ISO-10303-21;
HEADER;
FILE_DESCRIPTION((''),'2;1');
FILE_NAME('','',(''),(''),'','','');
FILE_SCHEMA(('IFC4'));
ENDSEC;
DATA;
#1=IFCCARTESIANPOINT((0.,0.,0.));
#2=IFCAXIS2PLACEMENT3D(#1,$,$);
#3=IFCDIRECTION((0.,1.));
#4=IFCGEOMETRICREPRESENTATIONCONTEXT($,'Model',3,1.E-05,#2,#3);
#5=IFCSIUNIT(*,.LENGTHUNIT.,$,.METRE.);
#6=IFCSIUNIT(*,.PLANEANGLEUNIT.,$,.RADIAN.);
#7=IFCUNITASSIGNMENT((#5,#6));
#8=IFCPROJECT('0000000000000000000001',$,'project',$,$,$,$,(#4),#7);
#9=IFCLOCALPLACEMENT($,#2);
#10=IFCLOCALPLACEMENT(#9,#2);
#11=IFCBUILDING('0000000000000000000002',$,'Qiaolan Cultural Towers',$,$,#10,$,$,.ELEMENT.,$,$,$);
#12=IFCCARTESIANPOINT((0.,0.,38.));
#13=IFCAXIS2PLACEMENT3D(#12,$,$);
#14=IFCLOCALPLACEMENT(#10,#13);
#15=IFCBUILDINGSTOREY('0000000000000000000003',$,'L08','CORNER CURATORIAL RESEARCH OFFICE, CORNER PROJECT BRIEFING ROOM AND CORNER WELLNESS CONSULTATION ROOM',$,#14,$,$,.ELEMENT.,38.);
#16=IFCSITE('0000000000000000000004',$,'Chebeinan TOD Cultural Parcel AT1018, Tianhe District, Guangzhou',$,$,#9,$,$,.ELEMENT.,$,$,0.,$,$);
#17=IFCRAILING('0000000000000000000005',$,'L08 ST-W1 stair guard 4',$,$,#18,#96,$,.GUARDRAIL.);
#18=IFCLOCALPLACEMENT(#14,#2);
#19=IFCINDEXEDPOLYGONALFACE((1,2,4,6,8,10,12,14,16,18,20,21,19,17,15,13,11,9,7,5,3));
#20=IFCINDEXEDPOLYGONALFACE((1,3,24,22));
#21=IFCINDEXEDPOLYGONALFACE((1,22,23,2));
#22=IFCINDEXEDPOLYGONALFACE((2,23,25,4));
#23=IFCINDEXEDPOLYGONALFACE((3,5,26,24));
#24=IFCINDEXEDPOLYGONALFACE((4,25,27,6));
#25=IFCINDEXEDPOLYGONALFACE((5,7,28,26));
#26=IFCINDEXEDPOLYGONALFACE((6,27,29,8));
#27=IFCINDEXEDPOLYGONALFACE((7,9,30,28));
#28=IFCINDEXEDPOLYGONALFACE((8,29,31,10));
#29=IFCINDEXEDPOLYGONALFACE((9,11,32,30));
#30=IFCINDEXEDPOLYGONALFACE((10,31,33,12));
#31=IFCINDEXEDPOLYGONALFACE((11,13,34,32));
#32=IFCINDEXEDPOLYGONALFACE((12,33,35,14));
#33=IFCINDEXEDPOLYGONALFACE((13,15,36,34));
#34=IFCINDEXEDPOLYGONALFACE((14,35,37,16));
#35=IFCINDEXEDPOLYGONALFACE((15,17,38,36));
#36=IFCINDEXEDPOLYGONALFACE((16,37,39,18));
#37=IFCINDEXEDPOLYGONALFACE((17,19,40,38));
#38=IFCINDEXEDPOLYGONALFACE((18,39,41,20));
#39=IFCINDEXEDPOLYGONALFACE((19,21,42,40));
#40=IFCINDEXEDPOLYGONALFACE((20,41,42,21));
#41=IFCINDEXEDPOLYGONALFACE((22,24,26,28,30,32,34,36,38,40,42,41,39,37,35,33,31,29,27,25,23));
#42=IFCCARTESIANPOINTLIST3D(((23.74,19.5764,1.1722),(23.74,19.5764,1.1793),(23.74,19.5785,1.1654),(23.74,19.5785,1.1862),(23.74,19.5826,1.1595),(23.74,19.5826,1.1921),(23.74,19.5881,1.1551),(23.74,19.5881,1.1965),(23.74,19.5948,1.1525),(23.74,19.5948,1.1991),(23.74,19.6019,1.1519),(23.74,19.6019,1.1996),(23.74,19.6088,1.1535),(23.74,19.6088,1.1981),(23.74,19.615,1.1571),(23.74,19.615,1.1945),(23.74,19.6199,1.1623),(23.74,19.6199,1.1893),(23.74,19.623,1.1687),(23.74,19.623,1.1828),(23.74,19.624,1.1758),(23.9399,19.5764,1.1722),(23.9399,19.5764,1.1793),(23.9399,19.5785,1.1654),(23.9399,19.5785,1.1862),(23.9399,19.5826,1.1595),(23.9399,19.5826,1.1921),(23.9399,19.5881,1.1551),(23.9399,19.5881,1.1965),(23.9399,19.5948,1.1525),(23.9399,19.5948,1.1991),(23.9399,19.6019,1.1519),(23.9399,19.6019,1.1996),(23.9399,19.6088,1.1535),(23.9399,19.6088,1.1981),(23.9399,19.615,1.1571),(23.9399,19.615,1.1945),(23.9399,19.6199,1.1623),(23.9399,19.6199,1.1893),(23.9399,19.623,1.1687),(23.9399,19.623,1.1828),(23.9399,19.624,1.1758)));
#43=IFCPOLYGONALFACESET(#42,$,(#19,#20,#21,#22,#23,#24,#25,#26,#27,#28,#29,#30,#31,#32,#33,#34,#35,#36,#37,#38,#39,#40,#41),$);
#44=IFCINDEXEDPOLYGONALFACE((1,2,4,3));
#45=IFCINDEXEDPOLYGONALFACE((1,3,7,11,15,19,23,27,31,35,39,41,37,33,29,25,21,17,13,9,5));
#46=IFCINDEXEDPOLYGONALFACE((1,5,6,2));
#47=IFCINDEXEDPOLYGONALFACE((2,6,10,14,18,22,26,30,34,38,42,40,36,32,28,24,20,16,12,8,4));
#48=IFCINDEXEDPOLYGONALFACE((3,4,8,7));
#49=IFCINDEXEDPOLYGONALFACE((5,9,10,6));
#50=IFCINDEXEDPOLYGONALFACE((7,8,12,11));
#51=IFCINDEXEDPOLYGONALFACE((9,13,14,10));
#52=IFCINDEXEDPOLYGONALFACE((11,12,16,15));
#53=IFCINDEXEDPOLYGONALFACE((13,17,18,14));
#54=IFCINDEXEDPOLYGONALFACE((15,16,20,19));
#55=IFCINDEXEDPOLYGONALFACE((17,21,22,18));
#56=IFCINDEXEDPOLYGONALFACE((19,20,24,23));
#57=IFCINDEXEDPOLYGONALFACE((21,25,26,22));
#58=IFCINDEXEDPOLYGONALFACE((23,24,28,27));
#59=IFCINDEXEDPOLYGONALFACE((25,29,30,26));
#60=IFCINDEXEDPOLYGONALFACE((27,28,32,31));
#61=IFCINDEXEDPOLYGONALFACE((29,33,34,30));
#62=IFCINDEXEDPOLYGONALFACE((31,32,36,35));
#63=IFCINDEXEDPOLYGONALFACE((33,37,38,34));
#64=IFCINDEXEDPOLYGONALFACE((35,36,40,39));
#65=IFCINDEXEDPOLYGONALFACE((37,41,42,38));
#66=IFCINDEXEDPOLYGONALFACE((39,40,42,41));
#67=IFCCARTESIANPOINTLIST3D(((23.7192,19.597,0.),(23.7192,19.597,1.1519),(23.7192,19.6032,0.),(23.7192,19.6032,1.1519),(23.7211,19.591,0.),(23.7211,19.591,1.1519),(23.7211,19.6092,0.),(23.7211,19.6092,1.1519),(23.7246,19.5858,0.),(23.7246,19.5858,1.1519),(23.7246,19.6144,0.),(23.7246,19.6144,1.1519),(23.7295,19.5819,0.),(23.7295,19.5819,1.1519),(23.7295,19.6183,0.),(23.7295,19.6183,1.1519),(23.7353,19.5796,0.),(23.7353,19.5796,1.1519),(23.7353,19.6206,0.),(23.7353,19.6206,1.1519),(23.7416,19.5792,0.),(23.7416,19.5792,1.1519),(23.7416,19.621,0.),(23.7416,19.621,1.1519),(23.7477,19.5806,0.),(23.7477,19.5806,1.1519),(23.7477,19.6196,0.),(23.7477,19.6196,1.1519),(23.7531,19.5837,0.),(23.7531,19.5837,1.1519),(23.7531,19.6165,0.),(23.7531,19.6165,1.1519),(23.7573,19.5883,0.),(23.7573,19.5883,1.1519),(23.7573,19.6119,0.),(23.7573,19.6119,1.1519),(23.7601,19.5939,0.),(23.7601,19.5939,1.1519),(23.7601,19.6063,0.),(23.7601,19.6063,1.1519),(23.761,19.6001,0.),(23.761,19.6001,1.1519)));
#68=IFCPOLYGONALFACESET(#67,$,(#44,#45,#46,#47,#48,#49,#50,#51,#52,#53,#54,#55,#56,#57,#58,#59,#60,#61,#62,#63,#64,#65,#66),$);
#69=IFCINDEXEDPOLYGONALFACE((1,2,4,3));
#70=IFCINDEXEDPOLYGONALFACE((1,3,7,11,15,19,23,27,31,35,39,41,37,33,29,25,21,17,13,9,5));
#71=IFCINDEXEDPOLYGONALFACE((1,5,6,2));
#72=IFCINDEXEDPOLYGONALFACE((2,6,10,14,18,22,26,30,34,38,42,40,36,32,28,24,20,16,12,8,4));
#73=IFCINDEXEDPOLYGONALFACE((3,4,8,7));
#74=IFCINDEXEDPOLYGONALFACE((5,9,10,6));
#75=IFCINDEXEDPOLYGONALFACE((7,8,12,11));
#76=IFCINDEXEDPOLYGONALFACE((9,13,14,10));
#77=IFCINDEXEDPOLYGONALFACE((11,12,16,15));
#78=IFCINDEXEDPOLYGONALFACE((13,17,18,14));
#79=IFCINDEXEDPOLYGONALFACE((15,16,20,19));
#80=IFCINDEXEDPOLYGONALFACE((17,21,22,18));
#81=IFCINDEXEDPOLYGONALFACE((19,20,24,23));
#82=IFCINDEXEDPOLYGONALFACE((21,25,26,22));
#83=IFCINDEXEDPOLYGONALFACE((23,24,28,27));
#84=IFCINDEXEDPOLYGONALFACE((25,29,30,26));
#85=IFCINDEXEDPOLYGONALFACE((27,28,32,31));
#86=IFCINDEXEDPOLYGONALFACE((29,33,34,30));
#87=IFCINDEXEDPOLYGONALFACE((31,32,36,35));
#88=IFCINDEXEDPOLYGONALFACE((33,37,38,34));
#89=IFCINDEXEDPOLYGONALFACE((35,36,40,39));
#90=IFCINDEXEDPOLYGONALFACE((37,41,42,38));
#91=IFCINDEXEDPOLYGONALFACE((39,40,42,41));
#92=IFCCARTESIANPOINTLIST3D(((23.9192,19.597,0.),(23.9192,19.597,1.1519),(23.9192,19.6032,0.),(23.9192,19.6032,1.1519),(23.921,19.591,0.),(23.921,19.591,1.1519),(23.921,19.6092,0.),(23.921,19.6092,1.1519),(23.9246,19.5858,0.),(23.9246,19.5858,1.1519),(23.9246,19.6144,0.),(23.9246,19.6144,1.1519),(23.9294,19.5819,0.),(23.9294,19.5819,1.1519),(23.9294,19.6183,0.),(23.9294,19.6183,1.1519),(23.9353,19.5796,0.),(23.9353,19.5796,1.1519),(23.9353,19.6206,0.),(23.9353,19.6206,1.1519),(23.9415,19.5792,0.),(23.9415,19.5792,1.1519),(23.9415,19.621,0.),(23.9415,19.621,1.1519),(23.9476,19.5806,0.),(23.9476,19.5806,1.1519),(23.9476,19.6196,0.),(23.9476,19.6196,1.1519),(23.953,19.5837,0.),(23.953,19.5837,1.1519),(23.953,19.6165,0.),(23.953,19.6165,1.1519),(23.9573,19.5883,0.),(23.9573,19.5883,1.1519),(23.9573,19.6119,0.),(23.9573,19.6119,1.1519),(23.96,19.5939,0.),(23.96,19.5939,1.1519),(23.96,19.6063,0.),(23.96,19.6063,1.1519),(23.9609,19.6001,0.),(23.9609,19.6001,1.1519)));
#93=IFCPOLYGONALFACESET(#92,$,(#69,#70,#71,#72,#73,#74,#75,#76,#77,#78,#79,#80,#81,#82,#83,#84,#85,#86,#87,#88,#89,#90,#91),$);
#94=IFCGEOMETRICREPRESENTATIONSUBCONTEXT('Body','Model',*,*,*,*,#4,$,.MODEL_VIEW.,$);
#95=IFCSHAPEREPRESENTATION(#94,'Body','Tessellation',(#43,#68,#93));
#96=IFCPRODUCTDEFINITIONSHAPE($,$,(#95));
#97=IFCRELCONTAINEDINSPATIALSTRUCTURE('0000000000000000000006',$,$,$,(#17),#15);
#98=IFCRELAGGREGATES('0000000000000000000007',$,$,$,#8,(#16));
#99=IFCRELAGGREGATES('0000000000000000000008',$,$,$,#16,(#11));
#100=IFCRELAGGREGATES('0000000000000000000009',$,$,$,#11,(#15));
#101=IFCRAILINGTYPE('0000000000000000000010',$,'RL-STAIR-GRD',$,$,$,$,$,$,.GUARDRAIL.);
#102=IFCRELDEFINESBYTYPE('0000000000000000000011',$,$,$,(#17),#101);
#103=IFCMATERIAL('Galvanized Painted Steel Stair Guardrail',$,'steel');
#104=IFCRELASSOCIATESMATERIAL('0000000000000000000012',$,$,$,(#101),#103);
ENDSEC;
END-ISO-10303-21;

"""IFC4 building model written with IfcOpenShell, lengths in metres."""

from ifc_helpers import new_model, si_unit, direction, frame, origin, origin_2d, place, context, subcontext, project, spatial, circle, extrude, material, type_object, element, save


model = new_model("IFC4")

# Units and contexts
model_context = context("Model", 3, precision=1e-05, world=origin(), true_north=direction((0.0, 1.0)))
body_context = subcontext(model_context, "Body", "Model", "MODEL_VIEW")
ifc_project = project(units=[si_unit("LENGTHUNIT", "METRE"), si_unit("PLANEANGLEUNIT", "RADIAN")], contexts=[model_context])

# Site, building, storey
site_placement = place(None, origin())
site = spatial("IfcSite", under=ifc_project, at=site_placement, Name="Chebeinan TOD Cultural Parcel AT1018, Tianhe District, Guangzhou", CompositionType="ELEMENT", RefElevation=0.0)
building_placement = place(site_placement, origin())
building = spatial("IfcBuilding", under=site, at=building_placement, Name="Qiaolan Cultural Towers", CompositionType="ELEMENT")
storey_placement = place(building_placement, frame((0.0, 0.0, 38.0)))
storey = spatial("IfcBuildingStorey", under=building, at=storey_placement, Name="L08", Description="CORNER CURATORIAL RESEARCH OFFICE, CORNER PROJECT BRIEFING ROOM AND CORNER WELLNESS CONSULTATION ROOM", CompositionType="ELEMENT", Elevation=38.0)

# Railing
ifc_material_1 = material(Name="Galvanized Painted Steel Stair Guardrail", Category="steel")
railing_type_1 = type_object("IfcRailingType", Name="RL-STAIR-GRD", PredefinedType="GUARDRAIL", material=ifc_material_1)
railing_1_placement = place(storey_placement, frame((23.74, 19.6001, 0.0)))
element("IfcRailing", 1, at=railing_1_placement, inside=storey, type_object=railing_type_1, Name="L08 ST-W1 stair guard 4", PredefinedType="GUARDRAIL", context=body_context, shape_type="SweptSolid", body=[
    extrude(circle(Radius=0.0239, at=origin_2d()), frame((0.0, 0.0, 1.1758), z_axis=(1.0, 0.0, 0.0), x_axis=(0.0, 1.0, 0.0)), (0.0, 0.0, 1.0), 0.2),
    extrude(circle(Radius=0.021, at=origin_2d()), origin(), (0.0, 0.0, 1.0), 1.1519),
    extrude(circle(Radius=0.021, at=origin_2d()), frame((0.2, 0.0, 0.0)), (0.0, 0.0, 1.0), 1.1519),
])

save(model, "model.ifc")
